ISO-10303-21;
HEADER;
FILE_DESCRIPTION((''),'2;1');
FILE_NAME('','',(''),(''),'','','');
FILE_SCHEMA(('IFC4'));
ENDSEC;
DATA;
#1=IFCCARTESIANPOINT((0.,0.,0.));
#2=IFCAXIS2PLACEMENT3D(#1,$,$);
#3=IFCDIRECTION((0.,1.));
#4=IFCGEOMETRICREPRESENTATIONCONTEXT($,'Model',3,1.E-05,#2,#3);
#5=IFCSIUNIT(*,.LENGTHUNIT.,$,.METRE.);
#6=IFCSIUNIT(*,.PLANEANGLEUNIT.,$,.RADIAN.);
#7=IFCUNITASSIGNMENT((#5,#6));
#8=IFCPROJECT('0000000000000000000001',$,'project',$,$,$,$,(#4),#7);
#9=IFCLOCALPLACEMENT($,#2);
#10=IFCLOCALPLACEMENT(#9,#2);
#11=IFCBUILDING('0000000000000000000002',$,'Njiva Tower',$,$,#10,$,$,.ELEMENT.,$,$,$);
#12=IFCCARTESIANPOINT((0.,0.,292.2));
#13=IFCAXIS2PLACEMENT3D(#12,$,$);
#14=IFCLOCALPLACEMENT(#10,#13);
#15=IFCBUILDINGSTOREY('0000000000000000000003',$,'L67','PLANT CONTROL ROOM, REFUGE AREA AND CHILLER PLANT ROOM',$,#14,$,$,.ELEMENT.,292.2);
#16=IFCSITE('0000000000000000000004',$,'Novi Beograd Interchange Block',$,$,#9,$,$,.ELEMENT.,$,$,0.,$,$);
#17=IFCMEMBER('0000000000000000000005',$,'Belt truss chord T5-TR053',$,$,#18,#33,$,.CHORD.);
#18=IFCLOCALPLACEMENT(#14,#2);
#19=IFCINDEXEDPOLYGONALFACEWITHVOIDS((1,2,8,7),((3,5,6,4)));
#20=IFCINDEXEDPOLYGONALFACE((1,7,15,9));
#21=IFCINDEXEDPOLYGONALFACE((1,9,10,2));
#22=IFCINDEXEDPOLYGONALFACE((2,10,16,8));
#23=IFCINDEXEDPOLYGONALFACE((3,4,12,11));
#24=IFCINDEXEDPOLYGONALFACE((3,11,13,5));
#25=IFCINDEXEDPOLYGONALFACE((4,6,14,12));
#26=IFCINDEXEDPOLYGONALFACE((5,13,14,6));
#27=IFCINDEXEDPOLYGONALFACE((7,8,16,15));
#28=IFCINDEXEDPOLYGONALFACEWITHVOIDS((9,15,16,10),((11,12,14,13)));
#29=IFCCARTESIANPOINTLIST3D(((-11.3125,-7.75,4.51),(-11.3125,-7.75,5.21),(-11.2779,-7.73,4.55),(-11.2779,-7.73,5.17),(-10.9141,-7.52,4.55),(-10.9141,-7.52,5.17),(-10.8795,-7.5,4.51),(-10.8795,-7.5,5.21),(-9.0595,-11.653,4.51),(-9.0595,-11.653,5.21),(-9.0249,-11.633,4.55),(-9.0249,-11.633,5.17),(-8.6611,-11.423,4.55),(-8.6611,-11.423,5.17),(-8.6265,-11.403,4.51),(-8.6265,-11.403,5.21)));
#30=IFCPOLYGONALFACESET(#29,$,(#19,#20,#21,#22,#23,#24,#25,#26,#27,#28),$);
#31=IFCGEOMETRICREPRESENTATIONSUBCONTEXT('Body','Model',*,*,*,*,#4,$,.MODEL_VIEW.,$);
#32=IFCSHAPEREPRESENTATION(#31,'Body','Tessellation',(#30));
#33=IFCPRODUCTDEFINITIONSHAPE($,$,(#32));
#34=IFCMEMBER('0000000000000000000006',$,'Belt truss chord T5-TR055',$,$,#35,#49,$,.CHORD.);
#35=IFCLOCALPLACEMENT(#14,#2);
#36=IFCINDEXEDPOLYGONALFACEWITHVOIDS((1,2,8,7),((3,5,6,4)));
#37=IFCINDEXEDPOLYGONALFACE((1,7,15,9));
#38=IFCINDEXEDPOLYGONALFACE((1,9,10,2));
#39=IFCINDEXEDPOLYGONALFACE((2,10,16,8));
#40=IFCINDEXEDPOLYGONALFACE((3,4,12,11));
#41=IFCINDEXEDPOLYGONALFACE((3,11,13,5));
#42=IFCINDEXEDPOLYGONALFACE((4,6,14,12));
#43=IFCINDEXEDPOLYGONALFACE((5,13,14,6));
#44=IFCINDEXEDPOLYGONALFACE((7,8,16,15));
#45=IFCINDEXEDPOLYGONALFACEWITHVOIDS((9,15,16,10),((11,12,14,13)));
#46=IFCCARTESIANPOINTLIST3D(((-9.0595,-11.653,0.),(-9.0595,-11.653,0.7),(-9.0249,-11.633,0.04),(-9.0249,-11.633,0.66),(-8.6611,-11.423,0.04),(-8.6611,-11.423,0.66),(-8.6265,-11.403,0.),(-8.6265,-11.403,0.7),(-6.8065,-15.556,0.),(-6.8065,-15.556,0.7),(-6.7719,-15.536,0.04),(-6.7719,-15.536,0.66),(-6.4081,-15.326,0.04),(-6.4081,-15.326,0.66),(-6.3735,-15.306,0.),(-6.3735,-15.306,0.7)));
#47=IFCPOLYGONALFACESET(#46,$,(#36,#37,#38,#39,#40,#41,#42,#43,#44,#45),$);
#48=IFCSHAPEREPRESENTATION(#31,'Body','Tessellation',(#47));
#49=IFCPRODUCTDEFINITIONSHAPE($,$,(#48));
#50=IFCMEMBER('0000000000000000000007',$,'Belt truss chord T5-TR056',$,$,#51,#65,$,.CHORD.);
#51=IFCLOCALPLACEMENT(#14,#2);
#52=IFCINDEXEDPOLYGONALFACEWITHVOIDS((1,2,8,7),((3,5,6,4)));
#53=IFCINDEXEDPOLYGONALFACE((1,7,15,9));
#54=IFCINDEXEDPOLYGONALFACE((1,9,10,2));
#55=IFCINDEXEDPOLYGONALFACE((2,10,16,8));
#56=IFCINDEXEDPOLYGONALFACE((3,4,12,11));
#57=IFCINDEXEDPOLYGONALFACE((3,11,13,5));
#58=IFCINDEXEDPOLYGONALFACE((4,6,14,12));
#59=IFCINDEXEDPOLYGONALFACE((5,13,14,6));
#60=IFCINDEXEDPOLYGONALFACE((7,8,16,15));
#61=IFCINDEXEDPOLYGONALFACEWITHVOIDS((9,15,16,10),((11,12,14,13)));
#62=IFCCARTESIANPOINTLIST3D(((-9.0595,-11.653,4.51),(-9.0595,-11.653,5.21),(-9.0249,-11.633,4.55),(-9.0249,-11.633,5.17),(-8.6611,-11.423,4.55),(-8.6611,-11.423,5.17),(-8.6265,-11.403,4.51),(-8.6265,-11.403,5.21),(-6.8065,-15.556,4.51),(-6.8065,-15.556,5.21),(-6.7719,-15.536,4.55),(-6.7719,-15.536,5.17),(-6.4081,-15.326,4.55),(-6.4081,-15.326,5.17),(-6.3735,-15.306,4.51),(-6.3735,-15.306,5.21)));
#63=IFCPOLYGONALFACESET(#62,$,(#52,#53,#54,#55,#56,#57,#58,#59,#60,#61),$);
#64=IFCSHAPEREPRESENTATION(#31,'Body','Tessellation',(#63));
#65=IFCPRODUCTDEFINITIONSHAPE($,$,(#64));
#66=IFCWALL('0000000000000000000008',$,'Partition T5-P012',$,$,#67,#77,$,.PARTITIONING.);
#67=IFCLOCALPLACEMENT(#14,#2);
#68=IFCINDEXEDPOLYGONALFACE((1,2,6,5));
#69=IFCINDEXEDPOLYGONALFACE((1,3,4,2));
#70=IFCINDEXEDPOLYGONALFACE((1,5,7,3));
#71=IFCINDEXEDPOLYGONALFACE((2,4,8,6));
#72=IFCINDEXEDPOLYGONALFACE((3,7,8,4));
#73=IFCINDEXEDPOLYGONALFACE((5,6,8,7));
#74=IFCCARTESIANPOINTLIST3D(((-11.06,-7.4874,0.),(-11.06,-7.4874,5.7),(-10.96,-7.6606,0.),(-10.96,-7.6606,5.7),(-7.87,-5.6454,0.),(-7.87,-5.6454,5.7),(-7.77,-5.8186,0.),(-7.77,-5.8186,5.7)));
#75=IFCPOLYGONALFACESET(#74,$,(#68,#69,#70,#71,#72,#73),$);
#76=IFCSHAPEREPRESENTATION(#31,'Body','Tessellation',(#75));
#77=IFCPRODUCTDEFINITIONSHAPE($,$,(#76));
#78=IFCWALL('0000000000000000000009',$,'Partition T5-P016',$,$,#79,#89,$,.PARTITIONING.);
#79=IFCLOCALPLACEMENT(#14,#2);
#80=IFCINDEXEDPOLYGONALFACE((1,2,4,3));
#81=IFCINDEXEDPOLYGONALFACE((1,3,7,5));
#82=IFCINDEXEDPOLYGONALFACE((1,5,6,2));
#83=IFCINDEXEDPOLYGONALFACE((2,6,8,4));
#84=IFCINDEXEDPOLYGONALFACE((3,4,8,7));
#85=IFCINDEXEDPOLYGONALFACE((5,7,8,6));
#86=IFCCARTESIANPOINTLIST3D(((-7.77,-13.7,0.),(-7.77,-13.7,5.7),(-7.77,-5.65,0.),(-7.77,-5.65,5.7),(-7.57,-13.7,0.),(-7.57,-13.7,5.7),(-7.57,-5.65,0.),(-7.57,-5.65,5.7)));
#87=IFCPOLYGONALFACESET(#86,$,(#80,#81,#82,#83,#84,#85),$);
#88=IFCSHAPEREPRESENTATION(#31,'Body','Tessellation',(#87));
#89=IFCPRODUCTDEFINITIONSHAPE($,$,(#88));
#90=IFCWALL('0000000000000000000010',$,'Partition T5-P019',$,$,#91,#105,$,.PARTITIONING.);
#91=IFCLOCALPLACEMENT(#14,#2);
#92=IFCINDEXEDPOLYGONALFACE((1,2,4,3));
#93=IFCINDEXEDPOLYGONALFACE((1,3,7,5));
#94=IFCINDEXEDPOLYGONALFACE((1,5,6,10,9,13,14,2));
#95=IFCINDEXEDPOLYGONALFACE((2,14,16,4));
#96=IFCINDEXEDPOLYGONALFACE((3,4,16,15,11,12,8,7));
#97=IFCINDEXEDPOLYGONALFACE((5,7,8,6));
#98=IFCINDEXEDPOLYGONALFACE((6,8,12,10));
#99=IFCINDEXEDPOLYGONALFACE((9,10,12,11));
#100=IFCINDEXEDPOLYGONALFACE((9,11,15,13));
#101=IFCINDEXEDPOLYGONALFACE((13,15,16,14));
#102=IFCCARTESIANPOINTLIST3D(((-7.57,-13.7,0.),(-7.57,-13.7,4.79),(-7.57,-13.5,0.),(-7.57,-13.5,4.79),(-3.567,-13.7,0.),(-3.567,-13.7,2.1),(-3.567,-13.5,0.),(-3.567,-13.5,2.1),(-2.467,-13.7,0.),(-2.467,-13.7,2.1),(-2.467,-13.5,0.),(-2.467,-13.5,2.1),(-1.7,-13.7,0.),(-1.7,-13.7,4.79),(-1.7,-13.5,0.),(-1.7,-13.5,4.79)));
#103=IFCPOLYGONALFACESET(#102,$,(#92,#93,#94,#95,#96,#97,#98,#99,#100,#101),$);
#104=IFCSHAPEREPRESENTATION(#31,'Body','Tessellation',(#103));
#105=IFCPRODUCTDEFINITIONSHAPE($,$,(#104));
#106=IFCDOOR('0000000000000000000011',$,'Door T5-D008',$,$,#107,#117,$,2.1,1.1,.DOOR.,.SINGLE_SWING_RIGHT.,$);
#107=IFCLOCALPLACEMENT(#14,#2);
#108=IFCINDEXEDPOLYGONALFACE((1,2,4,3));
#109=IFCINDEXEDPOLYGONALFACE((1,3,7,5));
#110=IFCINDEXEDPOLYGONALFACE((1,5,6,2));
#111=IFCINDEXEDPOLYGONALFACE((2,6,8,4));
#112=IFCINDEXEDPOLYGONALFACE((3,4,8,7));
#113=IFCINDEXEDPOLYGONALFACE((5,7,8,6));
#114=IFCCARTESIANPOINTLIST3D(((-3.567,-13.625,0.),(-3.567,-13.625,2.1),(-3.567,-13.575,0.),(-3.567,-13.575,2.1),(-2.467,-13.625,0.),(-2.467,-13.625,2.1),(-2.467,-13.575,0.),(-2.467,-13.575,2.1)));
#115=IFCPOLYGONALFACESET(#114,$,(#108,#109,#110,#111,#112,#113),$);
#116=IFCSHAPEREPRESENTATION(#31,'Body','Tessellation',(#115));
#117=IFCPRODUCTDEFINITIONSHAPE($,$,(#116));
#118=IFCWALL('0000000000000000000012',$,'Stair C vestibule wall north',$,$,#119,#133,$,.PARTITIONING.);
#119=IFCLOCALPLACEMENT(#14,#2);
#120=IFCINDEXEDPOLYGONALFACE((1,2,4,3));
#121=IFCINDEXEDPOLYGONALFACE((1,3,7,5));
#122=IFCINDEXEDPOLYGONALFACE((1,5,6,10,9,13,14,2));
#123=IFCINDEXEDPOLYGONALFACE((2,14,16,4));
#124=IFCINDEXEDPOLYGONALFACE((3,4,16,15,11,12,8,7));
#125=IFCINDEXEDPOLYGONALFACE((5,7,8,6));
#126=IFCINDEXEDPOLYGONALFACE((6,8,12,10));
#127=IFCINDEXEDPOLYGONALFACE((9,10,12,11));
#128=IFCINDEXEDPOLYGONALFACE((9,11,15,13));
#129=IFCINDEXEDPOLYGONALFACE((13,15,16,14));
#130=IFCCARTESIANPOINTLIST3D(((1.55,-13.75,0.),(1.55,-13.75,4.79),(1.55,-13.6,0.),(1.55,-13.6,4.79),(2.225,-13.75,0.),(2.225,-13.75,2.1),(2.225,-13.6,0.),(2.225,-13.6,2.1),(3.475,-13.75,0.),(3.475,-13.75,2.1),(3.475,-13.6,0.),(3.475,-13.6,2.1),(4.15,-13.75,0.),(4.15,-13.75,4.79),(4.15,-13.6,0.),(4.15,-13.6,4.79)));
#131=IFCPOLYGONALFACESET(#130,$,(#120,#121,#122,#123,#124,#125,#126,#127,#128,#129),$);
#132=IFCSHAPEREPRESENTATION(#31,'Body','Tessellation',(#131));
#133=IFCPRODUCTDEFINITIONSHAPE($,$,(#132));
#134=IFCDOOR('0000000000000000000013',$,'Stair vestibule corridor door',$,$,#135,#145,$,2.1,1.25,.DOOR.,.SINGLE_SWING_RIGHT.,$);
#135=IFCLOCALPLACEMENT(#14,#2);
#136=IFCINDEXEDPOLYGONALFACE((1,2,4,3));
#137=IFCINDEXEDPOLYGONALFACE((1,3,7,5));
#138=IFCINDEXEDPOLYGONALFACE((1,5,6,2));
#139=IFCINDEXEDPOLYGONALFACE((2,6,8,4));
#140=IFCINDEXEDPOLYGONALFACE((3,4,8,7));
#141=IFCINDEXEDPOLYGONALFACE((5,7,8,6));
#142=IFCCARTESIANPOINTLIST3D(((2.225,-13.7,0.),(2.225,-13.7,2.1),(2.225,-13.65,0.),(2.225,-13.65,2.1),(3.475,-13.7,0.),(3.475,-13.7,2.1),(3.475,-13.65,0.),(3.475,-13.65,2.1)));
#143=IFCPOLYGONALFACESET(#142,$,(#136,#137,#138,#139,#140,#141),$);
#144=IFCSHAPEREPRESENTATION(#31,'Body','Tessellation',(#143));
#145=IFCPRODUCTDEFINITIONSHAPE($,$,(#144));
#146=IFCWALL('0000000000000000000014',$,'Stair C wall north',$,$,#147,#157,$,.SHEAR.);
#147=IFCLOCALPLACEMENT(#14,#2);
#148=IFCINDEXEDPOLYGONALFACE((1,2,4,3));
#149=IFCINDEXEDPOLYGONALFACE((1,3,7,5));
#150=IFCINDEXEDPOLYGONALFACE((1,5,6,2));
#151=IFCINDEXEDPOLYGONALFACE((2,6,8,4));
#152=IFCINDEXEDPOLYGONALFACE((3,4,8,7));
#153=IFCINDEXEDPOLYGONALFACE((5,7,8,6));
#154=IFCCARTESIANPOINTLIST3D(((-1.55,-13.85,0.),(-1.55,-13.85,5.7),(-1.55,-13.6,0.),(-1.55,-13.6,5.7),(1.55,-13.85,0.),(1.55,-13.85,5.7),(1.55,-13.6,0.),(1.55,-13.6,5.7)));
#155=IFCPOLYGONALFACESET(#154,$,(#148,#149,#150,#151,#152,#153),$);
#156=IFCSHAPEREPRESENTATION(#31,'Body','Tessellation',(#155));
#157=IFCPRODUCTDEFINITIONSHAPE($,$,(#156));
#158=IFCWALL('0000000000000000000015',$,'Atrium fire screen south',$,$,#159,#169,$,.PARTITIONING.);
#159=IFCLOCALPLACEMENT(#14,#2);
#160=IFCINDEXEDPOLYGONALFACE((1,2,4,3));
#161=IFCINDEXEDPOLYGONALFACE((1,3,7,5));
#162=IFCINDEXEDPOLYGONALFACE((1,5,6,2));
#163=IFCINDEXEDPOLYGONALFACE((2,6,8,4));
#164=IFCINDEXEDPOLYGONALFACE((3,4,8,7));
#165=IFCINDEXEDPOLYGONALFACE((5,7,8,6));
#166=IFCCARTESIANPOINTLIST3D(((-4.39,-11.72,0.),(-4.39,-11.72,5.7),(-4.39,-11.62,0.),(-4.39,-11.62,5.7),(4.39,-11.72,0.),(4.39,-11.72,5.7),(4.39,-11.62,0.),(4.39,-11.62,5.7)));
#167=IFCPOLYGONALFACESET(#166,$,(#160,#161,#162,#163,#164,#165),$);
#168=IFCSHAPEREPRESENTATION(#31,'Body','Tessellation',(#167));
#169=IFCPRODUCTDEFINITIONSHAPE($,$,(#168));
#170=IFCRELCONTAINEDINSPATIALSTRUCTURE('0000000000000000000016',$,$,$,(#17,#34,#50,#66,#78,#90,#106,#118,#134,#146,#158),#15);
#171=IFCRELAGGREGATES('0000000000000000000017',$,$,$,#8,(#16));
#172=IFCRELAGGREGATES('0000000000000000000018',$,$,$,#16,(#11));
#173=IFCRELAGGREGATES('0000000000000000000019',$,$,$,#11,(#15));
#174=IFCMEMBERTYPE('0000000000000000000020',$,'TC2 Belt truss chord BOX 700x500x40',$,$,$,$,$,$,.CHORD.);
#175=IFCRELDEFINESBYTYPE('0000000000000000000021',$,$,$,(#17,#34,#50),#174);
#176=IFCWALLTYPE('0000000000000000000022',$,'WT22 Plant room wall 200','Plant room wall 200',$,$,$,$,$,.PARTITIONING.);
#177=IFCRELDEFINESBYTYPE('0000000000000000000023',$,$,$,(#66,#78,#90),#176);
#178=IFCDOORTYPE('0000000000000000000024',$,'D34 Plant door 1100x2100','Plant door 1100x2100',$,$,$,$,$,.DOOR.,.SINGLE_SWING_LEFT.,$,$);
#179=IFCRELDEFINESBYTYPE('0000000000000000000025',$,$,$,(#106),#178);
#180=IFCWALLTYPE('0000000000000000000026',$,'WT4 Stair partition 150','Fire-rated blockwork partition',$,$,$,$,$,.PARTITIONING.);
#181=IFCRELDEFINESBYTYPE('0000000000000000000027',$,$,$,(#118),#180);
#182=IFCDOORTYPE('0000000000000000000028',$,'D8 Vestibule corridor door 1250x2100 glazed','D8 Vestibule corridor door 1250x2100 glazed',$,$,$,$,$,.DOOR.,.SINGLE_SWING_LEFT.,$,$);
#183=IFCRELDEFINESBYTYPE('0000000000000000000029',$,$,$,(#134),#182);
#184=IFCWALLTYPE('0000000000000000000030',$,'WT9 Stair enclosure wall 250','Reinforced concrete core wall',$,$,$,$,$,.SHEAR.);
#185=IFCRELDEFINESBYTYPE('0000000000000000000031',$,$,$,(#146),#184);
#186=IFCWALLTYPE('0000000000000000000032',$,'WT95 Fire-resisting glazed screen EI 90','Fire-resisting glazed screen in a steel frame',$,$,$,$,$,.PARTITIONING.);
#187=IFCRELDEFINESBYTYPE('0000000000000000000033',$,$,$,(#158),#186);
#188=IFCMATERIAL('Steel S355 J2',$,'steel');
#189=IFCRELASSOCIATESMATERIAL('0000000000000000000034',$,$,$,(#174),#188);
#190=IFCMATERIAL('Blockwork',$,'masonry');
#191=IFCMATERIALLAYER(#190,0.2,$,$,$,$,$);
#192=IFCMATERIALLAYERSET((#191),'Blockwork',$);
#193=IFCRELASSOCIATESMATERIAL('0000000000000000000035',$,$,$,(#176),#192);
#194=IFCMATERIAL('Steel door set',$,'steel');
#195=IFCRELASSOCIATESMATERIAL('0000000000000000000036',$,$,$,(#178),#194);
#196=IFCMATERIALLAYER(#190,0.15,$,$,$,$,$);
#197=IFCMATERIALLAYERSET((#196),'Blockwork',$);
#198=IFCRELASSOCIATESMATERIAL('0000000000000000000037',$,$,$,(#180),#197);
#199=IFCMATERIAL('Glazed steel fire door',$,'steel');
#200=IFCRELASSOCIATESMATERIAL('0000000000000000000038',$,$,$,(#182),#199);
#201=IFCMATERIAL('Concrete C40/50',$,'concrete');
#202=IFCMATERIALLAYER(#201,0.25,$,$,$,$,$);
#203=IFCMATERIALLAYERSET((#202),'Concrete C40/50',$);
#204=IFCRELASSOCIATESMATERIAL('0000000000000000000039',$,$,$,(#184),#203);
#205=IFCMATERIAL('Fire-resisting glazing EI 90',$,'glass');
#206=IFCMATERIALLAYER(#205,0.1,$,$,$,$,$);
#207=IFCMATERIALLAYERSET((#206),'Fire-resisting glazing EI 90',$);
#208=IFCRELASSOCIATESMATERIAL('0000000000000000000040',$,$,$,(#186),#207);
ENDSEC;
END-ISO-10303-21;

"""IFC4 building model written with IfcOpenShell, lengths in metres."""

from ifc_helpers import new_model, si_unit, direction, frame, frame_2d, origin, origin_2d, place, context, subcontext, project, spatial, rectangle, hollow_rectangle, extrude, material, layer, layer_set, material_profile, profile_set, type_object, element, fill, save


model = new_model("IFC4")

# Units and contexts
model_context = context("Model", 3, precision=1e-05, world=origin(), true_north=direction((0.0, 1.0)))
body_context = subcontext(model_context, "Body", "Model", "MODEL_VIEW")
ifc_project = project(units=[si_unit("LENGTHUNIT", "METRE"), si_unit("PLANEANGLEUNIT", "RADIAN")], contexts=[model_context])

# Site, building, storey
site_placement = place(None, origin())
site = spatial("IfcSite", under=ifc_project, at=site_placement, Name="Novi Beograd Interchange Block", CompositionType="ELEMENT", RefElevation=0.0)
building_placement = place(site_placement, origin())
building = spatial("IfcBuilding", under=site, at=building_placement, Name="Njiva Tower", CompositionType="ELEMENT")
storey_placement = place(building_placement, frame((0.0, 0.0, 292.2)))
storey = spatial("IfcBuildingStorey", under=building, at=storey_placement, Name="L67", Description="PLANT CONTROL ROOM, REFUGE AREA AND CHILLER PLANT ROOM", CompositionType="ELEMENT", Elevation=292.2)

# Shared definitions
ifc_material_1 = material(Name="Steel S355 J2", Category="steel")

# Members
ifc_material_profile_1 = material_profile(ifc_material_1, hollow_rectangle(XDim=0.5, YDim=0.7, WallThickness=0.04, at=origin_2d()), Name="BOX 700x500x40")
ifc_profile_set_1 = profile_set([ifc_material_profile_1], Name="Steel S355 J2")
member_type_1 = type_object("IfcMemberType", Name="TC2 Belt truss chord BOX 700x500x40", PredefinedType="CHORD", material=ifc_profile_set_1)
for number, where, z_axis, x_axis, name in (
    (1, (-11.096, -7.625, 4.86), (0.499934, -0.866064, 0.0), (0.866064, 0.499934, 0.0), "Belt truss chord T5-TR053"),
    (2, (-8.843, -11.528, 0.35), (0.499934, -0.866064, 0.0), (0.866064, 0.499934, 0.0), "Belt truss chord T5-TR055"),
    (3, (-8.843, -11.528, 4.86), (0.499934, -0.866064, 0.0), (0.866064, 0.499934, 0.0), "Belt truss chord T5-TR056"),
):
    element("IfcMember", number, at=place(storey_placement, frame(where, z_axis=z_axis, x_axis=x_axis)), inside=storey, type_object=member_type_1, Name=name, PredefinedType="CHORD", context=body_context, shape_type="SweptSolid", body=[
        extrude(hollow_rectangle(XDim=0.5, YDim=0.7, WallThickness=0.04, at=origin_2d()), origin(), (0.0, 0.0, 1.0), 4.5066),
    ])

# Walls
ifc_material_2 = material(Name="Blockwork", Category="masonry")
ifc_layer_1 = layer(ifc_material_2, 0.2)
ifc_layer_set_1 = layer_set([ifc_layer_1], Name="Blockwork")
wall_type_1 = type_object("IfcWallType", Name="WT22 Plant room wall 200", Description="Plant room wall 200", PredefinedType="PARTITIONING", material=ifc_layer_set_1)
wall_1_placement = place(storey_placement, frame((-11.01, -7.574, 0.0), z_axis=(0.0, 0.0, 1.0), x_axis=(0.865996, 0.500051, 0.0)))
element("IfcWall", 4, at=wall_1_placement, inside=storey, type_object=wall_type_1, Name="Partition T5-P012", PredefinedType="PARTITIONING", context=body_context, shape_type="SweptSolid", body=[
    extrude(rectangle(XDim=3.6836, YDim=0.2, at=frame_2d((1.8418, 0.0))), origin(), (0.0, 0.0, 1.0), 5.7),
])
wall_2_placement = place(storey_placement, frame((-7.67, -13.7, 0.0), z_axis=(0.0, 0.0, 1.0), x_axis=(0.0, 1.0, 0.0)))
element("IfcWall", 5, at=wall_2_placement, inside=storey, type_object=wall_type_1, Name="Partition T5-P016", PredefinedType="PARTITIONING", context=body_context, shape_type="SweptSolid", body=[
    extrude(rectangle(XDim=8.05, YDim=0.2, at=frame_2d((4.025, 0.0))), origin(), (0.0, 0.0, 1.0), 5.7),
])

# Walls, openings, doors
wall_3_placement = place(storey_placement, frame((-7.57, -13.6, 0.0), z_axis=(0.0, 0.0, 1.0), x_axis=(1.0, 0.0, 0.0)))
wall_3 = element("IfcWall", 6, at=wall_3_placement, inside=storey, type_object=wall_type_1, Name="Partition T5-P019", PredefinedType="PARTITIONING", context=body_context, shape_type="SweptSolid", body=[
    extrude(rectangle(XDim=5.87, YDim=0.2, at=frame_2d((2.935, 0.0))), origin(), (0.0, 0.0, 1.0), 4.79),
])
opening_1_placement = place(wall_3_placement, frame((4.003, 0.0, 0.0)))
opening_1 = element("IfcOpeningElement", 7, at=opening_1_placement, cuts=wall_3, PredefinedType="OPENING", context=body_context, shape_type="SweptSolid", body=[
    extrude(rectangle(XDim=1.1, YDim=2.1, at=frame_2d((0.55, 1.05))), frame((0.0, 0.11, 0.0), z_axis=(0.0, -1.0, 0.0), x_axis=(1.0, 0.0, 0.0)), (0.0, 0.0, 1.0), 0.22),
])
ifc_material_3 = material(Name="Steel door set", Category="steel")
door_type_1 = type_object("IfcDoorType", Name="D34 Plant door 1100x2100", Description="Plant door 1100x2100", OperationType="SINGLE_SWING_LEFT", PredefinedType="DOOR", material=ifc_material_3)
door_1_placement = place(opening_1_placement, origin())
door_1 = element("IfcDoor", 8, at=door_1_placement, inside=storey, type_object=door_type_1, Name="Door T5-D008", OperationType="SINGLE_SWING_RIGHT", OverallHeight=2.1, OverallWidth=1.1, PredefinedType="DOOR", context=body_context, shape_type="SweptSolid", body=[
    extrude(rectangle(XDim=1.1, YDim=2.1, at=frame_2d((0.55, 1.05))), frame((0.0, 0.025, 0.0), z_axis=(0.0, -1.0, 0.0), x_axis=(1.0, 0.0, 0.0)), (0.0, 0.0, 1.0), 0.05),
])
fill(opening_1, door_1)
ifc_layer_2 = layer(ifc_material_2, 0.15)
ifc_layer_set_2 = layer_set([ifc_layer_2], Name="Blockwork")
wall_type_2 = type_object("IfcWallType", Name="WT4 Stair partition 150", Description="Fire-rated blockwork partition", PredefinedType="PARTITIONING", material=ifc_layer_set_2)
wall_4_placement = place(storey_placement, frame((1.55, -13.675, 0.0), z_axis=(0.0, 0.0, 1.0), x_axis=(1.0, 0.0, 0.0)))
wall_4 = element("IfcWall", 9, at=wall_4_placement, inside=storey, type_object=wall_type_2, Name="Stair C vestibule wall north", PredefinedType="PARTITIONING", context=body_context, shape_type="SweptSolid", body=[
    extrude(rectangle(XDim=2.6, YDim=0.15, at=frame_2d((1.3, 0.0))), origin(), (0.0, 0.0, 1.0), 4.79),
])
opening_2_placement = place(wall_4_placement, frame((0.675, 0.0, 0.0)))
opening_2 = element("IfcOpeningElement", 10, at=opening_2_placement, cuts=wall_4, PredefinedType="OPENING", context=body_context, shape_type="SweptSolid", body=[
    extrude(rectangle(XDim=1.25, YDim=2.1, at=frame_2d((0.625, 1.05))), frame((0.0, 0.085, 0.0), z_axis=(0.0, -1.0, 0.0), x_axis=(1.0, 0.0, 0.0)), (0.0, 0.0, 1.0), 0.17),
])
ifc_material_4 = material(Name="Glazed steel fire door", Category="steel")
door_type_2 = type_object("IfcDoorType", Name="D8 Vestibule corridor door 1250x2100 glazed", Description="D8 Vestibule corridor door 1250x2100 glazed", OperationType="SINGLE_SWING_LEFT", PredefinedType="DOOR", material=ifc_material_4)
door_2_placement = place(opening_2_placement, origin())
door_2 = element("IfcDoor", 11, at=door_2_placement, inside=storey, type_object=door_type_2, Name="Stair vestibule corridor door", OperationType="SINGLE_SWING_RIGHT", OverallHeight=2.1, OverallWidth=1.25, PredefinedType="DOOR", context=body_context, shape_type="SweptSolid", body=[
    extrude(rectangle(XDim=1.25, YDim=2.1, at=frame_2d((0.625, 1.05))), frame((0.0, 0.025, 0.0), z_axis=(0.0, -1.0, 0.0), x_axis=(1.0, 0.0, 0.0)), (0.0, 0.0, 1.0), 0.05),
])
fill(opening_2, door_2)

# Walls
ifc_material_5 = material(Name="Concrete C40/50", Category="concrete")
ifc_layer_3 = layer(ifc_material_5, 0.25)
ifc_layer_set_3 = layer_set([ifc_layer_3], Name="Concrete C40/50")
wall_type_3 = type_object("IfcWallType", Name="WT9 Stair enclosure wall 250", Description="Reinforced concrete core wall", PredefinedType="SHEAR", material=ifc_layer_set_3)
wall_5_placement = place(storey_placement, frame((-1.55, -13.725, 0.0), z_axis=(0.0, 0.0, 1.0), x_axis=(1.0, 0.0, 0.0)))
element("IfcWall", 12, at=wall_5_placement, inside=storey, type_object=wall_type_3, Name="Stair C wall north", PredefinedType="SHEAR", context=body_context, shape_type="SweptSolid", body=[
    extrude(rectangle(XDim=3.1, YDim=0.25, at=frame_2d((1.55, 0.0))), origin(), (0.0, 0.0, 1.0), 5.7),
])
ifc_material_6 = material(Name="Fire-resisting glazing EI 90", Category="glass")
ifc_layer_4 = layer(ifc_material_6, 0.1)
ifc_layer_set_4 = layer_set([ifc_layer_4], Name="Fire-resisting glazing EI 90")
wall_type_4 = type_object("IfcWallType", Name="WT95 Fire-resisting glazed screen EI 90", Description="Fire-resisting glazed screen in a steel frame", PredefinedType="PARTITIONING", material=ifc_layer_set_4)
wall_6_placement = place(storey_placement, frame((-4.39, -11.67, 0.0), z_axis=(0.0, 0.0, 1.0), x_axis=(1.0, 0.0, 0.0)))
element("IfcWall", 13, at=wall_6_placement, inside=storey, type_object=wall_type_4, Name="Atrium fire screen south", PredefinedType="PARTITIONING", context=body_context, shape_type="SweptSolid", body=[
    extrude(rectangle(XDim=8.78, YDim=0.1, at=frame_2d((4.39, 0.0))), origin(), (0.0, 0.0, 1.0), 5.7),
])

save(model, "model.ifc")
